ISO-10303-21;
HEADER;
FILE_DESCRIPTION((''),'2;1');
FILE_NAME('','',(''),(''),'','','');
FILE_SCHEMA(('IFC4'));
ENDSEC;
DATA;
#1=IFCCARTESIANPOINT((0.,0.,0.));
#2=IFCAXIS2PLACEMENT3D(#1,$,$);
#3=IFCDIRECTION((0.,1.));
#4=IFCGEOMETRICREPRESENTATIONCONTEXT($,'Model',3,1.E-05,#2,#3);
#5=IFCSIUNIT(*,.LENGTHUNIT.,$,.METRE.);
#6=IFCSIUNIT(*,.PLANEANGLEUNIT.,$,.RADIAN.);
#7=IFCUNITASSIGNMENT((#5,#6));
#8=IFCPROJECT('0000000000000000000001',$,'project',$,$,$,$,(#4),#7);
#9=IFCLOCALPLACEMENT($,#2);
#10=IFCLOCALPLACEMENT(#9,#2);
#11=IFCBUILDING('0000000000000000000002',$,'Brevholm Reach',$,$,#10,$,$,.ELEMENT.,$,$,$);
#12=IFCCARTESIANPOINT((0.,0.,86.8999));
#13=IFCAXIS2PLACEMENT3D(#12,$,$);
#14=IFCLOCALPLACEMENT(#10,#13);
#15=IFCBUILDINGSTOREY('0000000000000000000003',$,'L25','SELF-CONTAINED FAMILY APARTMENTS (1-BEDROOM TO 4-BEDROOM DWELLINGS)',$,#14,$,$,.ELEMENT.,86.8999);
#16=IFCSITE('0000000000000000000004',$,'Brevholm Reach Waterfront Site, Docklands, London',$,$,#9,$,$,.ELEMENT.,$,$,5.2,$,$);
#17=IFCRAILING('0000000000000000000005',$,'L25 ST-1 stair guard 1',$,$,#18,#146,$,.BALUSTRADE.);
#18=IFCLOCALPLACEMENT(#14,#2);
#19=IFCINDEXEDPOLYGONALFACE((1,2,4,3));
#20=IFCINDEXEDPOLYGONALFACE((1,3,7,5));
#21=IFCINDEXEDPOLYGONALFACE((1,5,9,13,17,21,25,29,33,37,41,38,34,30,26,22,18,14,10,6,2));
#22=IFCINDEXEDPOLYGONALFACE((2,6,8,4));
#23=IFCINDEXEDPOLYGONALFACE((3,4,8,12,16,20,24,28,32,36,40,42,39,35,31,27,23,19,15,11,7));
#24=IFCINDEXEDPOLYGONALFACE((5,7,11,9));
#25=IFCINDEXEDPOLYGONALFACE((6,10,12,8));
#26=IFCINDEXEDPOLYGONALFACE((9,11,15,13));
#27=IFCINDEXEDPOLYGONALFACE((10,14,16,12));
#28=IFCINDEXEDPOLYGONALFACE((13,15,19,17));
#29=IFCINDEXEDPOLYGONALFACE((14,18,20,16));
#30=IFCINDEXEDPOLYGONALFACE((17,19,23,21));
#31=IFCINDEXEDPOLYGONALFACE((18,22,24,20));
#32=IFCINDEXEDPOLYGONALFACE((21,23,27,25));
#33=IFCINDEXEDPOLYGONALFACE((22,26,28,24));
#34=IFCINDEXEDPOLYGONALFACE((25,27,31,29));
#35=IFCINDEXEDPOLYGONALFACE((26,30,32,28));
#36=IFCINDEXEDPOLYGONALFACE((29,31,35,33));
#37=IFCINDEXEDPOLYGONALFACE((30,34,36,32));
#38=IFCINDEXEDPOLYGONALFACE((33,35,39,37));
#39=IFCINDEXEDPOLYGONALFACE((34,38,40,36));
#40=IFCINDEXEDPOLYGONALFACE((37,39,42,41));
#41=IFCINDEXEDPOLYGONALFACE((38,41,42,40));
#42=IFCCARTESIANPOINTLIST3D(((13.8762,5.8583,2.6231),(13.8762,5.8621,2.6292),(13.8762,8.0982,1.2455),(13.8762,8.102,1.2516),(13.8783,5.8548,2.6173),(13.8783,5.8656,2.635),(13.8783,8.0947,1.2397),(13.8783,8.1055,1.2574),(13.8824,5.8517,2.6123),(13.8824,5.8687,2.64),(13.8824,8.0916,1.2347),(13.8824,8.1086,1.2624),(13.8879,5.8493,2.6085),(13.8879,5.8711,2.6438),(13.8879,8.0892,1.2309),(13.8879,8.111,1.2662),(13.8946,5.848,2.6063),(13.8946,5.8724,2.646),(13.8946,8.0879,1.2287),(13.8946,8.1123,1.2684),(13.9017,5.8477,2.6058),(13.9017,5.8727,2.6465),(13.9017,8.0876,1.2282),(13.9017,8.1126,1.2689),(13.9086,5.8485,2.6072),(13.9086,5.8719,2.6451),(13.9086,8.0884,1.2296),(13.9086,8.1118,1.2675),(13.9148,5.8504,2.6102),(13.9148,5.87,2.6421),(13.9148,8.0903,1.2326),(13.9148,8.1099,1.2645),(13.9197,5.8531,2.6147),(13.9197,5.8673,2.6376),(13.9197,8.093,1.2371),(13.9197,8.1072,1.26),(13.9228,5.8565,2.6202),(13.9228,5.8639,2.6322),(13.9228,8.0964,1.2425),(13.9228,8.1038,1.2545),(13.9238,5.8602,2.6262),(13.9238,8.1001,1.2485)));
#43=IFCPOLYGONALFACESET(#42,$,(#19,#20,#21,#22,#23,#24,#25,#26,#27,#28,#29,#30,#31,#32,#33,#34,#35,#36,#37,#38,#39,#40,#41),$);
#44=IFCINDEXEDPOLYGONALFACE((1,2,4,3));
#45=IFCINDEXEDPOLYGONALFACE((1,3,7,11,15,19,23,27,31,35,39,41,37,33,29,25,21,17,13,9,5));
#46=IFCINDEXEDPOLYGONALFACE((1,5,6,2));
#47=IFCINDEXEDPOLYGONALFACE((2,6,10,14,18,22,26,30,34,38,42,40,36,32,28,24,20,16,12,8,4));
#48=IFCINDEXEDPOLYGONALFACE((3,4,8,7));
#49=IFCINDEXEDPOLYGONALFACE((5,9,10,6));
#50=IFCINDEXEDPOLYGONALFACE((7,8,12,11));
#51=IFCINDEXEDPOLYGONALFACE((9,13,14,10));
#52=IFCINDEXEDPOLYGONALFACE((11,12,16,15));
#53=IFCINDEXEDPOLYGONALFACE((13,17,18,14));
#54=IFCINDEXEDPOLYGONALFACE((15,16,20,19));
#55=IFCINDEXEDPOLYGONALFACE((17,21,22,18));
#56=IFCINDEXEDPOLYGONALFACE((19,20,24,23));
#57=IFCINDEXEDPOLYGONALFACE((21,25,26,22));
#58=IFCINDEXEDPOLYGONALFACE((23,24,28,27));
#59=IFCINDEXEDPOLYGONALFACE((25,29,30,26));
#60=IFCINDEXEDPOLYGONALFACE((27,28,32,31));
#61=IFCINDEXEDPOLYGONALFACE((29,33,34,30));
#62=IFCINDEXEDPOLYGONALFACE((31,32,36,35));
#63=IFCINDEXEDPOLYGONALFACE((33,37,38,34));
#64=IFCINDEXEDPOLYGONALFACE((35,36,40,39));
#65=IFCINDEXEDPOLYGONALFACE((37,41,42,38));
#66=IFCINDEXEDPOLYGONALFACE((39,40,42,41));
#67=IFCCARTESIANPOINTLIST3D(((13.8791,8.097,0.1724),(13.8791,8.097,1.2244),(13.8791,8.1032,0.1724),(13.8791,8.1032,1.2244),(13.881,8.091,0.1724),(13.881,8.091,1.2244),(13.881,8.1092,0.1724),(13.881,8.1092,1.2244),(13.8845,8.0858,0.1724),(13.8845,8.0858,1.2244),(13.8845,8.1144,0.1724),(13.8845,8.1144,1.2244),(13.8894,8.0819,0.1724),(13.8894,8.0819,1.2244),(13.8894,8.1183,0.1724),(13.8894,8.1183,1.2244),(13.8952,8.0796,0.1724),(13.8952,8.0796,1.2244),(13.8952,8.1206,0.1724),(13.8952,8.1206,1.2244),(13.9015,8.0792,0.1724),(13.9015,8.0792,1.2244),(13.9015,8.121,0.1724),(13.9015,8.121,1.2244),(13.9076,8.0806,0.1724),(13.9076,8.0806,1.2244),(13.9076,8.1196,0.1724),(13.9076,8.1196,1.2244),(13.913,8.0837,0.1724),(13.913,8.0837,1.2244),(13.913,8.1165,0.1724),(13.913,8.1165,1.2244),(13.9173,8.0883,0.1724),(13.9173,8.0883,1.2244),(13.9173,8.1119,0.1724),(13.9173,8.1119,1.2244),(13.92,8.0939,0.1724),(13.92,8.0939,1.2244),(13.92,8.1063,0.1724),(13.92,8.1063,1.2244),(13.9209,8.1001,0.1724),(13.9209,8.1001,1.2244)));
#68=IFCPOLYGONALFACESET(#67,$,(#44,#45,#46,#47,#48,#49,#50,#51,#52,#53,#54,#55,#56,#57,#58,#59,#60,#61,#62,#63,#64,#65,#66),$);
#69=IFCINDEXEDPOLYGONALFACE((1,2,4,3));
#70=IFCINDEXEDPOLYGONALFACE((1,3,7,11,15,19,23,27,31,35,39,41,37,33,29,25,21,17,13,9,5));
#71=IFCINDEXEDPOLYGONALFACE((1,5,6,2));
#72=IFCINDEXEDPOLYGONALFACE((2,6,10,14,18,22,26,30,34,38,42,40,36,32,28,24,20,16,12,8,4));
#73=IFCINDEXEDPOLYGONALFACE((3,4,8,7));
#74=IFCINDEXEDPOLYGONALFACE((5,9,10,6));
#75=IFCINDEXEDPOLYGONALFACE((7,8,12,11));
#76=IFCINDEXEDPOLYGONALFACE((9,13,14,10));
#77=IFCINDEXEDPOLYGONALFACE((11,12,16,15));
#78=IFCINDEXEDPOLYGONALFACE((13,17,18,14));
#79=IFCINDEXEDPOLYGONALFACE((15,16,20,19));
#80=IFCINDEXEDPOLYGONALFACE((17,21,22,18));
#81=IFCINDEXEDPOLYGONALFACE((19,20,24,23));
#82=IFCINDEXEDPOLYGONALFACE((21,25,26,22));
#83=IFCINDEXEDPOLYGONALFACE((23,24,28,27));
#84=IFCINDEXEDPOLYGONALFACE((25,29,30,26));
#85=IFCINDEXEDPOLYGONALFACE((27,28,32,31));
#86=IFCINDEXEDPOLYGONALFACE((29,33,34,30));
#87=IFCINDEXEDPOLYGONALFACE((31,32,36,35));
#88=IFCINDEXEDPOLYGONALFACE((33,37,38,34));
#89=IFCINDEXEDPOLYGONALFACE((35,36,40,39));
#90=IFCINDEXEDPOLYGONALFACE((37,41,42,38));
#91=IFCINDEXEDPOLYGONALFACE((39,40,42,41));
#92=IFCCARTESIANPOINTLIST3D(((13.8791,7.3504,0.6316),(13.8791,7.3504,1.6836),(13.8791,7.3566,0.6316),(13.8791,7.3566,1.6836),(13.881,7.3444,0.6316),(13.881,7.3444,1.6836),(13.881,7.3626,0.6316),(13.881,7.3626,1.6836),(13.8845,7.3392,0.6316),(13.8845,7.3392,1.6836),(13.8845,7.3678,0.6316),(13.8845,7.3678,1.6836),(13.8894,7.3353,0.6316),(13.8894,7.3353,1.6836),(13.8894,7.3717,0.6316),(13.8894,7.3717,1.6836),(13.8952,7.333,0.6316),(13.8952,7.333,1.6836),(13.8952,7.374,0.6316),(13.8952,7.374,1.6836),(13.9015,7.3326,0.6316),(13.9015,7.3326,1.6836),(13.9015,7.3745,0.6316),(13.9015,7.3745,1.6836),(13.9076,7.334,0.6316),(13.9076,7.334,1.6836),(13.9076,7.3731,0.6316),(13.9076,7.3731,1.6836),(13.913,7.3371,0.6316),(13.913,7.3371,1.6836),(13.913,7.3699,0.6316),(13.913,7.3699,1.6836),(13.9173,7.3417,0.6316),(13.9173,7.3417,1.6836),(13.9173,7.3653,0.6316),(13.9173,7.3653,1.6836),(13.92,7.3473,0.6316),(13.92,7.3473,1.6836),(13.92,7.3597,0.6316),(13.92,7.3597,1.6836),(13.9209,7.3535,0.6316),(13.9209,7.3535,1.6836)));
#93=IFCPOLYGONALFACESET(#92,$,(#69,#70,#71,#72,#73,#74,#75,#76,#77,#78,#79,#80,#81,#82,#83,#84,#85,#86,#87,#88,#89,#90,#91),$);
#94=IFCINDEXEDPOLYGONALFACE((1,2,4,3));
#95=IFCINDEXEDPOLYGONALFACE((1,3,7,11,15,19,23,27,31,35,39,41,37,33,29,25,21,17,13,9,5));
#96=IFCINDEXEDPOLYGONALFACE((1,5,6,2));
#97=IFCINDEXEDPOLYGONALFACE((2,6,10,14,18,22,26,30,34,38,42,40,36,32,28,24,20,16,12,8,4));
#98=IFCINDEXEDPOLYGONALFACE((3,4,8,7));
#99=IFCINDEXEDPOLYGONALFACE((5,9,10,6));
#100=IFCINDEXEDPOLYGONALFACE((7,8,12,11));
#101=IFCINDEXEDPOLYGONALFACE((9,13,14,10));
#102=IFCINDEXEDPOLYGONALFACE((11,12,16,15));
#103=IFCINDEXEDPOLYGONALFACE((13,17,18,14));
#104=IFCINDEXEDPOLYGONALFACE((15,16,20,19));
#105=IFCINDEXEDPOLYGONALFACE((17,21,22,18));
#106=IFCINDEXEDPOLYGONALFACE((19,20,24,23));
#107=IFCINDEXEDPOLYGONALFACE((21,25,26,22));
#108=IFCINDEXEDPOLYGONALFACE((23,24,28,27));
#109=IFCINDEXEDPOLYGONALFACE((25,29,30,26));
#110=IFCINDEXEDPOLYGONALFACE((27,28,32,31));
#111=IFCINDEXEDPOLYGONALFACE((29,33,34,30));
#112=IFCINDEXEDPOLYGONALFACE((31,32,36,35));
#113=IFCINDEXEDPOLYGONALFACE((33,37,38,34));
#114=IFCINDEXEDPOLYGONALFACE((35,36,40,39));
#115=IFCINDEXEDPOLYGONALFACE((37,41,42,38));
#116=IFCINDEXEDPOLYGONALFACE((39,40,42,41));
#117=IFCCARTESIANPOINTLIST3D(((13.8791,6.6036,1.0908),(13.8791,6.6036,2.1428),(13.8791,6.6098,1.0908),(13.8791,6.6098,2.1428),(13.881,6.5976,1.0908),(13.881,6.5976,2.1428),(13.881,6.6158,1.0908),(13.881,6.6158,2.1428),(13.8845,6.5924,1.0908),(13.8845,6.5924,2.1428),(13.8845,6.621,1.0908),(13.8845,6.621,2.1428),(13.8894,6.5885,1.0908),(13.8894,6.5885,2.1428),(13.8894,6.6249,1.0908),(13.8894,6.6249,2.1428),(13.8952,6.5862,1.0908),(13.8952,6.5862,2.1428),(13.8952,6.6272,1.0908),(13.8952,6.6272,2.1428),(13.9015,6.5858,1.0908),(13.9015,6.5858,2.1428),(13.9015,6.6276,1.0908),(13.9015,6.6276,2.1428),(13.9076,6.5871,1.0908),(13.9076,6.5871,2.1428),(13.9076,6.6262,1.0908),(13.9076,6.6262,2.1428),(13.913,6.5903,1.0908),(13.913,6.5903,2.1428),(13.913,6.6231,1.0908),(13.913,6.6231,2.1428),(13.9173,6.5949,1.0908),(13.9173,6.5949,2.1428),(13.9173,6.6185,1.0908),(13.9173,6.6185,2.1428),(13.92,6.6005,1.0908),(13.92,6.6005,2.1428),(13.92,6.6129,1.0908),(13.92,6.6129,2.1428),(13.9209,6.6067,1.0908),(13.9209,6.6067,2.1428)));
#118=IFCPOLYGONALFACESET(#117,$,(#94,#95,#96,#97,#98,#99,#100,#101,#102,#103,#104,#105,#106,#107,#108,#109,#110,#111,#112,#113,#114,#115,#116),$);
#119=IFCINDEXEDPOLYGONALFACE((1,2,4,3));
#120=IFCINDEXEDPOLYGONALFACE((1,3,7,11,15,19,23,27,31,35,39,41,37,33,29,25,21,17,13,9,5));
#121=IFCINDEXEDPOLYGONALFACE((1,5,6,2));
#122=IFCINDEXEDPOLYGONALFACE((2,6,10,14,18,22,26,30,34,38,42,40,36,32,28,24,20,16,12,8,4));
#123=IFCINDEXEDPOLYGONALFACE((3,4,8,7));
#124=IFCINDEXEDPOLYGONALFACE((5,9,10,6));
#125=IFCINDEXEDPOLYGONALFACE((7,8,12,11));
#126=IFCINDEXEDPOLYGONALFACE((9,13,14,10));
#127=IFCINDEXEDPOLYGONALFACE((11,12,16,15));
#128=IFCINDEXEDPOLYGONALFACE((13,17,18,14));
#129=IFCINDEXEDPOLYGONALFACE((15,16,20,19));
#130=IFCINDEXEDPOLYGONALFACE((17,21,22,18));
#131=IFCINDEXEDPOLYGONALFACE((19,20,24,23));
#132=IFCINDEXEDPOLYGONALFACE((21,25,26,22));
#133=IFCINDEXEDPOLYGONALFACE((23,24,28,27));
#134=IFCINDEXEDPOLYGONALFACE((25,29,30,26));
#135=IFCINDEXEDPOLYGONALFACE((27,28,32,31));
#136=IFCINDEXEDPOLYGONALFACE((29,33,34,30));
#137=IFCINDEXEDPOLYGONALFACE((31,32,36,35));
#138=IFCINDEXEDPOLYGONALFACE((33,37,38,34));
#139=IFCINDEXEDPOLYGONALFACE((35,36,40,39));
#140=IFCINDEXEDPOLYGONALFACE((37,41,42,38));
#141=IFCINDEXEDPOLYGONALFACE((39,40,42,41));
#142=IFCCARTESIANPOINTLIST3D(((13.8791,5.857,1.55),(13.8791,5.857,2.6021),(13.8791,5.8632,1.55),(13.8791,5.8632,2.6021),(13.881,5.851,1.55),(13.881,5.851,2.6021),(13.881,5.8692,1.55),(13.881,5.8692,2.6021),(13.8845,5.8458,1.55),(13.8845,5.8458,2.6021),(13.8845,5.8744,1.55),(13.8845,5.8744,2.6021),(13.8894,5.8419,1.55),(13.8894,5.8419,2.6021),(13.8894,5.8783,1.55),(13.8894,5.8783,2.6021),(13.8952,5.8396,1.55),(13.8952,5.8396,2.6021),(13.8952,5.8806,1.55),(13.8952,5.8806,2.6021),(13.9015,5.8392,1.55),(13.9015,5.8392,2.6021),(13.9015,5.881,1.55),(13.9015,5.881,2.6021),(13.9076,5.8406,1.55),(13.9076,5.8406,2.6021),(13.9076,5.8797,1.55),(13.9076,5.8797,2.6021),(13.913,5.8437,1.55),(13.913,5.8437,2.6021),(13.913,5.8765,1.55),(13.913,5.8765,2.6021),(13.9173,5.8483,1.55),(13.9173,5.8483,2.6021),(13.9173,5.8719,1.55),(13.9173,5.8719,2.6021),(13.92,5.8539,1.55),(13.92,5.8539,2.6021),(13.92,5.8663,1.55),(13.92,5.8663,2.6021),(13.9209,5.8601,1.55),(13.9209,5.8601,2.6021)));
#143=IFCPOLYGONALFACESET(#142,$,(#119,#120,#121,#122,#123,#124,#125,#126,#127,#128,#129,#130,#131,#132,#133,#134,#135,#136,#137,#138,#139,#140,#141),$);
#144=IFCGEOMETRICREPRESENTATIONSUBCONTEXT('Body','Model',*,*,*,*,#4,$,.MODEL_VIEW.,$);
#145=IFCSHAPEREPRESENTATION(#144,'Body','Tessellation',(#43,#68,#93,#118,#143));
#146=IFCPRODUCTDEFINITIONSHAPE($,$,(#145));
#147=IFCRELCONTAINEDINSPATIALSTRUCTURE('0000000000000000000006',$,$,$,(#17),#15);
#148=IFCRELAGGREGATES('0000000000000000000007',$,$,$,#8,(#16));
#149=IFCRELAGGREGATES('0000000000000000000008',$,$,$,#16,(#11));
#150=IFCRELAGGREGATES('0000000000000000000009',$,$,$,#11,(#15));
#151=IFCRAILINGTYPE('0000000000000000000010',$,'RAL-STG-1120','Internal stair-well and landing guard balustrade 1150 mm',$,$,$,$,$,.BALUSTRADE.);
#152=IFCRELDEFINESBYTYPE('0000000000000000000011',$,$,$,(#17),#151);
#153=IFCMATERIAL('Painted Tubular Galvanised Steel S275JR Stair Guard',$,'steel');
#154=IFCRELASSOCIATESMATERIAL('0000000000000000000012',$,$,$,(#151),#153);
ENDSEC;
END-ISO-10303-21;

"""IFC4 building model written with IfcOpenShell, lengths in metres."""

from ifc_helpers import new_model, si_unit, direction, frame, origin, origin_2d, place, context, subcontext, project, spatial, circle, extrude, material, type_object, element, save


model = new_model("IFC4")

# Units and contexts
model_context = context("Model", 3, precision=1e-05, world=origin(), true_north=direction((0.0, 1.0)))
body_context = subcontext(model_context, "Body", "Model", "MODEL_VIEW")
ifc_project = project(units=[si_unit("LENGTHUNIT", "METRE"), si_unit("PLANEANGLEUNIT", "RADIAN")], contexts=[model_context])

# Site, building, storey
site_placement = place(None, origin())
site = spatial("IfcSite", under=ifc_project, at=site_placement, Name="Brevholm Reach Waterfront Site, Docklands, London", CompositionType="ELEMENT", RefElevation=5.2)
building_placement = place(site_placement, origin())
building = spatial("IfcBuilding", under=site, at=building_placement, Name="Brevholm Reach", CompositionType="ELEMENT")
storey_placement = place(building_placement, frame((0.0, 0.0, 86.8999)))
storey = spatial("IfcBuildingStorey", under=building, at=storey_placement, Name="L25", Description="SELF-CONTAINED FAMILY APARTMENTS (1-BEDROOM TO 4-BEDROOM DWELLINGS)", CompositionType="ELEMENT", Elevation=86.8999)

# Railing
ifc_material_1 = material(Name="Painted Tubular Galvanised Steel S275JR Stair Guard", Category="steel")
railing_type_1 = type_object("IfcRailingType", Name="RAL-STG-1120", Description="Internal stair-well and landing guard balustrade 1150 mm", PredefinedType="BALUSTRADE", material=ifc_material_1)
railing_1_placement = place(storey_placement, frame((13.8999, 8.1001, 0.1724)))
element("IfcRailing", 1, at=railing_1_placement, inside=storey, type_object=railing_type_1, Name="L25 ST-1 stair guard 1", PredefinedType="BALUSTRADE", context=body_context, shape_type="SweptSolid", body=[
    extrude(circle(Radius=0.0239, at=origin_2d()), frame((0.0, 0.0, 1.0762), z_axis=(0.0, -0.851789, 0.523885), x_axis=(1.0, 0.0, 0.0)), (0.0, 0.0, 1.0), 2.6296),
    extrude(circle(Radius=0.021, at=origin_2d()), origin(), (0.0, 0.0, 1.0), 1.052),
    extrude(circle(Radius=0.021, at=origin_2d()), frame((0.0, -0.7466, 0.4592)), (0.0, 0.0, 1.0), 1.052),
    extrude(circle(Radius=0.021, at=origin_2d()), frame((0.0, -1.4934, 0.9185)), (0.0, 0.0, 1.0), 1.052),
    extrude(circle(Radius=0.021, at=origin_2d()), frame((0.0, -2.24, 1.3777)), (0.0, 0.0, 1.0), 1.052),
])

save(model, "model.ifc")
